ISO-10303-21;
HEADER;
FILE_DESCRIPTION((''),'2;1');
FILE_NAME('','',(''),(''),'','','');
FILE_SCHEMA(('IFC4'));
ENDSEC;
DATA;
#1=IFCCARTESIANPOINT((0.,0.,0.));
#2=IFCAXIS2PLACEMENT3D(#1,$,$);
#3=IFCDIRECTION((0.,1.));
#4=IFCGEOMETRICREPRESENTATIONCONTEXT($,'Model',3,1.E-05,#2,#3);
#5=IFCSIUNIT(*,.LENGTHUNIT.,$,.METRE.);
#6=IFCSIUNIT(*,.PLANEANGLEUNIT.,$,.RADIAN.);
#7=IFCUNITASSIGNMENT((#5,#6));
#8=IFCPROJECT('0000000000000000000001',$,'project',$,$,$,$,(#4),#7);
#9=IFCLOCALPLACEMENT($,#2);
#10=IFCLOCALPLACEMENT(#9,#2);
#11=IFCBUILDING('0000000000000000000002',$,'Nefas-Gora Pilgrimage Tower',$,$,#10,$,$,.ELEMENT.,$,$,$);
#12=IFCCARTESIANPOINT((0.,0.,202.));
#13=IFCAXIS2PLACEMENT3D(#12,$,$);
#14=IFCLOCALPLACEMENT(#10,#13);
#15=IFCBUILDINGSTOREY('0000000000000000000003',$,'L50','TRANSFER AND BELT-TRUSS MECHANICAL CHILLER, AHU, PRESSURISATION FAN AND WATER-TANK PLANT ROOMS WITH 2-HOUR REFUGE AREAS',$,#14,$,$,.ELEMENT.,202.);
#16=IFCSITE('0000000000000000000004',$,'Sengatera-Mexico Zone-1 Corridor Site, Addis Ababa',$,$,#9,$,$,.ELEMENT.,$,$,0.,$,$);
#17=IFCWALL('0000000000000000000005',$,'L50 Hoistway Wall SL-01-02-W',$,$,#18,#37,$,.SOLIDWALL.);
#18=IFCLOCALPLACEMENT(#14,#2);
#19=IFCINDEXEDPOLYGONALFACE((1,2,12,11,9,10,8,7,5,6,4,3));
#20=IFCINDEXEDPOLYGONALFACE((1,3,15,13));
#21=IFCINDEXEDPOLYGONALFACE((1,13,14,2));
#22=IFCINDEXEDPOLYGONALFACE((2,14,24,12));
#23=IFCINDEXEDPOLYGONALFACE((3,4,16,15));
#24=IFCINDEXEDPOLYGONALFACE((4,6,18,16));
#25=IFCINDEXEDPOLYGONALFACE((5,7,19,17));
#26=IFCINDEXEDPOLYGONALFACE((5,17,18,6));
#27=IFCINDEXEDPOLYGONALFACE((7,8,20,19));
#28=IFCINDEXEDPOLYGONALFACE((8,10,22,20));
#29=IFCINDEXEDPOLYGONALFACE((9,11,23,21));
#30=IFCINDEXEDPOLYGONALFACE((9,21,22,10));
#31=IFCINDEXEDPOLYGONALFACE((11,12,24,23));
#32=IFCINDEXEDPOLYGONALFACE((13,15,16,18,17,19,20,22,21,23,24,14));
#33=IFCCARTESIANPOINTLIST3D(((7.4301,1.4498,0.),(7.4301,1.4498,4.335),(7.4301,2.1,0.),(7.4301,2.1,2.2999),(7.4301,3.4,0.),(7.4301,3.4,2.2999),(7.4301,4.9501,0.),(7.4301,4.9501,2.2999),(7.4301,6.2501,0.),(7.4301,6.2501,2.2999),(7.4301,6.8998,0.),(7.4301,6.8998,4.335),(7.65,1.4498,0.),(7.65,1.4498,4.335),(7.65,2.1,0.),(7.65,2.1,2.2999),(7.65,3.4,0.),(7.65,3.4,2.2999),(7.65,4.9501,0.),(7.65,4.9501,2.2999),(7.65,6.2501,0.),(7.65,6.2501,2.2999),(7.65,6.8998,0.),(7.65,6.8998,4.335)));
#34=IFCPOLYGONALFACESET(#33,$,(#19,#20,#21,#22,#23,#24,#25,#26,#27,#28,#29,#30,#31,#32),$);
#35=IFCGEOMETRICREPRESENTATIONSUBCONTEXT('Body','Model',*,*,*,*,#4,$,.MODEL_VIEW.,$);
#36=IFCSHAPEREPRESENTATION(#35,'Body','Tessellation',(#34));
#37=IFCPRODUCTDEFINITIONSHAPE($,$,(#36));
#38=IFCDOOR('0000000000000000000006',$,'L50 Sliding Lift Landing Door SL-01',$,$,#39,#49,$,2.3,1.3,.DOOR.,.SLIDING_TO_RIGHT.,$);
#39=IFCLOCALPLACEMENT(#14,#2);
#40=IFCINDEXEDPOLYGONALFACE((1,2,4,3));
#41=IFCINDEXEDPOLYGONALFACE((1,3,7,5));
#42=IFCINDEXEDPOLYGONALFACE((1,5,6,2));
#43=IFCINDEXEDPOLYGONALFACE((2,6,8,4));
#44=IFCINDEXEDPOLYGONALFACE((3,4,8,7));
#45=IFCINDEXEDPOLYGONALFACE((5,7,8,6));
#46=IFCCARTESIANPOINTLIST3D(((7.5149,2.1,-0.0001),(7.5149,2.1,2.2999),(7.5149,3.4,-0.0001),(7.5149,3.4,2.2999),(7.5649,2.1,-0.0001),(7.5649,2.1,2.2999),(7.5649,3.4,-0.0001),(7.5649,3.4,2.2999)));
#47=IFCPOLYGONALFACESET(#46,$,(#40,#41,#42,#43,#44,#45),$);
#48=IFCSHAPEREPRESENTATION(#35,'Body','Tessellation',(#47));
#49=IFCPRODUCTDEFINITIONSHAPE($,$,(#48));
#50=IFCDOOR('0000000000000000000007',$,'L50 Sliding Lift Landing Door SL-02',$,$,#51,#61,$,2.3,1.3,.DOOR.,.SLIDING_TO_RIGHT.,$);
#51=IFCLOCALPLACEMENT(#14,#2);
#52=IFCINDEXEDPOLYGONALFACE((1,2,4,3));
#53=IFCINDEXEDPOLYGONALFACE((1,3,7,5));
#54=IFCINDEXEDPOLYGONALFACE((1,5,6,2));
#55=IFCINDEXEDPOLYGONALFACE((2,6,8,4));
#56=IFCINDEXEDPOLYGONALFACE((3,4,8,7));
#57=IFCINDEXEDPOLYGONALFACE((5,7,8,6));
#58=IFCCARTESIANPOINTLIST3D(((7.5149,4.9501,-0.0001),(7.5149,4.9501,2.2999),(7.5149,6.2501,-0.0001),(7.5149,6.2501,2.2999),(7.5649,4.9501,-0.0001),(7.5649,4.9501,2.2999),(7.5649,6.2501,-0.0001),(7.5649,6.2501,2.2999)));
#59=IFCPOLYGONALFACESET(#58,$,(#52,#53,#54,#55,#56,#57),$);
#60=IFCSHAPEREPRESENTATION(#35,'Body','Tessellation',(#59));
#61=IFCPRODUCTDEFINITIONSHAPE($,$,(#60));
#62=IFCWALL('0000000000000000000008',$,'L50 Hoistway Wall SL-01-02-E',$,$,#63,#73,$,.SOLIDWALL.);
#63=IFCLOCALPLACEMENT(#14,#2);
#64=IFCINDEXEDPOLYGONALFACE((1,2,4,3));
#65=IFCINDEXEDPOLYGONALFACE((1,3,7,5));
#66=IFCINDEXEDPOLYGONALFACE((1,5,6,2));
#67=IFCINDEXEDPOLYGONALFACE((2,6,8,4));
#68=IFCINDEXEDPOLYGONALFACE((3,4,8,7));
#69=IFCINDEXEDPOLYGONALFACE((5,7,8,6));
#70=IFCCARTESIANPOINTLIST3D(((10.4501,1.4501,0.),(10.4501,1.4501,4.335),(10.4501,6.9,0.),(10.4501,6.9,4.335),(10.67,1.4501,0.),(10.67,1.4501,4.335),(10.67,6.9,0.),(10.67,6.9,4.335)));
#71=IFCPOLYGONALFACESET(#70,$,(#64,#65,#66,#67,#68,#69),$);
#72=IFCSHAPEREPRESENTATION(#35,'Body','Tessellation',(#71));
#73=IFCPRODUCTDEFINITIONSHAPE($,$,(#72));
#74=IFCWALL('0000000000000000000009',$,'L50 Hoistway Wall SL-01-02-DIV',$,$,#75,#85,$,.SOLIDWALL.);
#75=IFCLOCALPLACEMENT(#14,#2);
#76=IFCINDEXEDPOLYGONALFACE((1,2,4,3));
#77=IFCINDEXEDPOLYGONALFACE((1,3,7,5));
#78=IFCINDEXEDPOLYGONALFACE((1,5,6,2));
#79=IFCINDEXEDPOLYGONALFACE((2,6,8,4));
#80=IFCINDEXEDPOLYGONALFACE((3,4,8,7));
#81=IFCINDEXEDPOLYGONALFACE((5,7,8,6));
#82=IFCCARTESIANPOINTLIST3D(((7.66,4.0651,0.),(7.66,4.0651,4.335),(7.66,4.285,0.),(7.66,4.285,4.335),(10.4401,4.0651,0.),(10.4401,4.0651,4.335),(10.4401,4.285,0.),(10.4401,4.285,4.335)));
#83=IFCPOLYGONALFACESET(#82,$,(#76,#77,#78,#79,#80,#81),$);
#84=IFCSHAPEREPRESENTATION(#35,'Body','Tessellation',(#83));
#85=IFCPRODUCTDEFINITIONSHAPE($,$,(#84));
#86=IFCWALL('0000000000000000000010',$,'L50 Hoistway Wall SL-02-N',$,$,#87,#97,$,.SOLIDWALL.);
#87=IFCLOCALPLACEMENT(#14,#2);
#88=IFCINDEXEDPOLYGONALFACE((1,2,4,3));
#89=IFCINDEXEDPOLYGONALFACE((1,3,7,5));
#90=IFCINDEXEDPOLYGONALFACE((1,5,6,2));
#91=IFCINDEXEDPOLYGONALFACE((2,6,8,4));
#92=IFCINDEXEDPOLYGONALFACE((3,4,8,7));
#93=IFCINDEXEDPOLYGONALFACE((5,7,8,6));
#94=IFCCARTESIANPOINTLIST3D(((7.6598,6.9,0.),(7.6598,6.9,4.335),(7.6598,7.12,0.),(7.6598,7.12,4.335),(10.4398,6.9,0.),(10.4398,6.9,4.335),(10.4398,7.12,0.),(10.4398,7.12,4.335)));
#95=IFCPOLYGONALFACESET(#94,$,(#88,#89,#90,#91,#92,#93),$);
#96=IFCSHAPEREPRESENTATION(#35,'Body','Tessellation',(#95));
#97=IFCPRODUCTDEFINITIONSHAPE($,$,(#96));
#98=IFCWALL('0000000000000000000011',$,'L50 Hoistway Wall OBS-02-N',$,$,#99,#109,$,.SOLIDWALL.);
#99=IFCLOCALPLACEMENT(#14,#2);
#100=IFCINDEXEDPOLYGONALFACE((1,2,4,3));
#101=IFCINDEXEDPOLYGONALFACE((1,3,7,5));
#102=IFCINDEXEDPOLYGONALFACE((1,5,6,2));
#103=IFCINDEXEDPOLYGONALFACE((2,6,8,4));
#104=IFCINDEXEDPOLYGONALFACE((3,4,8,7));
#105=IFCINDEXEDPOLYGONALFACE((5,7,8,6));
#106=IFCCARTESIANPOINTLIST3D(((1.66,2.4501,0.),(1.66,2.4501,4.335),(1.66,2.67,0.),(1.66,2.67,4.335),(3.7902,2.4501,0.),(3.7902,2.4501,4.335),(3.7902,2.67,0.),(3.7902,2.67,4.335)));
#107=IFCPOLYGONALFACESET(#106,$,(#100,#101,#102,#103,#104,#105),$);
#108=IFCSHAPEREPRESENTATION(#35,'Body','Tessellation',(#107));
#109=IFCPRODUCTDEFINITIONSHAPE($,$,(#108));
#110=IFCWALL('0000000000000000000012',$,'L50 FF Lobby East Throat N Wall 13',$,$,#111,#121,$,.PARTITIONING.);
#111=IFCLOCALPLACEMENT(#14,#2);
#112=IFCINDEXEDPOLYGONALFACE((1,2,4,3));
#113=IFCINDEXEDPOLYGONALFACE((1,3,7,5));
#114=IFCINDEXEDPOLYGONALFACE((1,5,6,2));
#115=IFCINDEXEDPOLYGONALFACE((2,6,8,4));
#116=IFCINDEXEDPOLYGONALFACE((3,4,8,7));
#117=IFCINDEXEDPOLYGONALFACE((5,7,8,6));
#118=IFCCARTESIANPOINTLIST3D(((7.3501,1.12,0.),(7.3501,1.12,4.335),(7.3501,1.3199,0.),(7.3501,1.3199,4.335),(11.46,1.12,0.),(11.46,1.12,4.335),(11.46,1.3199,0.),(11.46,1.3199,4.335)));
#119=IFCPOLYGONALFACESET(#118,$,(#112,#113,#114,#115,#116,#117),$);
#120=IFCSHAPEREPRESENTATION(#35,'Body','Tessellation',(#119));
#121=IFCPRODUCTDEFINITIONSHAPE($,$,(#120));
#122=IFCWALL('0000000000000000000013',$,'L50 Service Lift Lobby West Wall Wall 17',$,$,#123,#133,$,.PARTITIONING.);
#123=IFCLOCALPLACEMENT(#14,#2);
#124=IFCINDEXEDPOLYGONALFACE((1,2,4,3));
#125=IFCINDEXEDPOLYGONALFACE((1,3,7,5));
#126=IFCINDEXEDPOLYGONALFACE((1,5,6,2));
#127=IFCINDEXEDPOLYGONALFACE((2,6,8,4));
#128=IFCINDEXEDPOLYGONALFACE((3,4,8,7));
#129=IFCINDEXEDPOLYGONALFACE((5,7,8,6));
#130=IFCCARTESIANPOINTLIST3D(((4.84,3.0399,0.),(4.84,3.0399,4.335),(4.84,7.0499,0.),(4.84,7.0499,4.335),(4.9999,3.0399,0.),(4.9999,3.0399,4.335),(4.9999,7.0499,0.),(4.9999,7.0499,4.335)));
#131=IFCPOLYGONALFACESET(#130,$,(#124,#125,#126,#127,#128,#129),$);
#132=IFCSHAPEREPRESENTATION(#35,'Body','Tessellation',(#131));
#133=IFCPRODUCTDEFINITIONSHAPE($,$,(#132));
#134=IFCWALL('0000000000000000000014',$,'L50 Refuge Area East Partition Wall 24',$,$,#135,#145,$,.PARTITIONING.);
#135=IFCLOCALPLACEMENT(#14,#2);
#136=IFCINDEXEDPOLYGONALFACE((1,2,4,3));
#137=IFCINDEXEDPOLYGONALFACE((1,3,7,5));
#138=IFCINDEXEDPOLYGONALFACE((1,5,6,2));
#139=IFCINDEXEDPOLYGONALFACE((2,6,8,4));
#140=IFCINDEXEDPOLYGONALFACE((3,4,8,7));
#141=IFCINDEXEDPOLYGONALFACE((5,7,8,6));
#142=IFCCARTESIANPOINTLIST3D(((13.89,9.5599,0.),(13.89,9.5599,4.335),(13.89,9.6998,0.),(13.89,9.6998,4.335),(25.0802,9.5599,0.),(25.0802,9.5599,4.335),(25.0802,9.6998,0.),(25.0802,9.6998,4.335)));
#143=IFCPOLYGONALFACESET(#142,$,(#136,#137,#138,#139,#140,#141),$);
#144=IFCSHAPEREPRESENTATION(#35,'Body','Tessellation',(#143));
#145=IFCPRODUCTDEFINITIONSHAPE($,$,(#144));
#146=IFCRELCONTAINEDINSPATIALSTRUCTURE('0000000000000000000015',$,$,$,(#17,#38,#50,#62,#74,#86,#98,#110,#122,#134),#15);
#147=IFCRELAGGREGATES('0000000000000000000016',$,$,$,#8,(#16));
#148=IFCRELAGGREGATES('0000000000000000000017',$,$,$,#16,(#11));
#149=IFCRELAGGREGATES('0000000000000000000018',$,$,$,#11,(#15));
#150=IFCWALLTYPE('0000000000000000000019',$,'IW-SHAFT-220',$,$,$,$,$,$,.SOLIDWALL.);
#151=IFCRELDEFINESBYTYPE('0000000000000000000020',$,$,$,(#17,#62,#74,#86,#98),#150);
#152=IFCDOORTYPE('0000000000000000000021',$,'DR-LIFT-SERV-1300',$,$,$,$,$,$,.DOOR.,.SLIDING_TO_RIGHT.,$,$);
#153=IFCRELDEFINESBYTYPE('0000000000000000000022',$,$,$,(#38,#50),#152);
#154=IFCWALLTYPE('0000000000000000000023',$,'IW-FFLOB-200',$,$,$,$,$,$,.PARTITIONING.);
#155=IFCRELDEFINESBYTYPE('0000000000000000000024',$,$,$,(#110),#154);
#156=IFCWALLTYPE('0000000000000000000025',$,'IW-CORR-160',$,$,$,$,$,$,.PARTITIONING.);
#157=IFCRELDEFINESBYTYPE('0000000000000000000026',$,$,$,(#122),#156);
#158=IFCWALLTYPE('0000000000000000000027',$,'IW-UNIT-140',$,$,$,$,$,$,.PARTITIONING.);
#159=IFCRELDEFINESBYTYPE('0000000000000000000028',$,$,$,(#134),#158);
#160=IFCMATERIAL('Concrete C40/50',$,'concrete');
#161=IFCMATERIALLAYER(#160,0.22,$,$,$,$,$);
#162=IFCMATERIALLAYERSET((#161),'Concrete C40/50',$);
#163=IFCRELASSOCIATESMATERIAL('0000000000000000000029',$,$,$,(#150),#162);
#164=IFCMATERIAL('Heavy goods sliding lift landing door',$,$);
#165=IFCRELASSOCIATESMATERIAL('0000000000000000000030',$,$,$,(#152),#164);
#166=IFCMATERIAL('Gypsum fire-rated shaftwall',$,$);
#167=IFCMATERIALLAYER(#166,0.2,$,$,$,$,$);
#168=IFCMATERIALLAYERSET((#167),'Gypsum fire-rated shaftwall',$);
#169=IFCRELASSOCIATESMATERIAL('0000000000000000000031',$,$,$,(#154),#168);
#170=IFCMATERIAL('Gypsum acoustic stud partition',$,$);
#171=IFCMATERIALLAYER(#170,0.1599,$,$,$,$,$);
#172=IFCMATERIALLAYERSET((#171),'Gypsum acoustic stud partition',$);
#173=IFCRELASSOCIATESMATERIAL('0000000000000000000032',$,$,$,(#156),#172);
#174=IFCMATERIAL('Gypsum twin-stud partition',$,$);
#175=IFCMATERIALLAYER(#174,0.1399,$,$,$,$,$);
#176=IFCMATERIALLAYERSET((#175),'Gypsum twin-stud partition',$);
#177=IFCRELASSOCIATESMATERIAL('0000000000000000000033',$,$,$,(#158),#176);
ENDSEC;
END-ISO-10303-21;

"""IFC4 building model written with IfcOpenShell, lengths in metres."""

from ifc_helpers import new_model, si_unit, direction, frame, frame_2d, origin, place, context, subcontext, project, spatial, rectangle, extrude, source, transform, mapped, material, layer, layer_set, type_object, element, fill, save


model = new_model("IFC4")

# Units and contexts
model_context = context("Model", 3, precision=1e-05, world=origin(), true_north=direction((0.0, 1.0)))
body_context = subcontext(model_context, "Body", "Model", "MODEL_VIEW")
ifc_project = project(units=[si_unit("LENGTHUNIT", "METRE"), si_unit("PLANEANGLEUNIT", "RADIAN")], contexts=[model_context])

# Site, building, storey
site_placement = place(None, origin())
site = spatial("IfcSite", under=ifc_project, at=site_placement, Name="Sengatera-Mexico Zone-1 Corridor Site, Addis Ababa", CompositionType="ELEMENT", RefElevation=0.0)
building_placement = place(site_placement, origin())
building = spatial("IfcBuilding", under=site, at=building_placement, Name="Nefas-Gora Pilgrimage Tower", CompositionType="ELEMENT")
storey_placement = place(building_placement, frame((0.0, 0.0, 202.0)))
storey = spatial("IfcBuildingStorey", under=building, at=storey_placement, Name="L50", Description="TRANSFER AND BELT-TRUSS MECHANICAL CHILLER, AHU, PRESSURISATION FAN AND WATER-TANK PLANT ROOMS WITH 2-HOUR REFUGE AREAS", CompositionType="ELEMENT", Elevation=202.0)

# Wall, openings, doors
ifc_material_1 = material(Name="Concrete C40/50", Category="concrete")
ifc_layer_1 = layer(ifc_material_1, 0.22)
ifc_layer_set_1 = layer_set([ifc_layer_1], Name="Concrete C40/50")
wall_type_1 = type_object("IfcWallType", Name="IW-SHAFT-220", PredefinedType="SOLIDWALL", material=ifc_layer_set_1)
shared_shape_1 = source(origin(), body_context, "Body", "SweptSolid", [
    extrude(rectangle(XDim=5.45, YDim=0.22, at=frame_2d((2.7251, 0.0))), origin(), (0.0, 0.0, 1.0), 4.335),
])
wall_1_placement = place(storey_placement, frame((7.54, 6.8999, 0.0), z_axis=(0.0, 0.0, 1.0), x_axis=(0.0, -1.0, 0.0)))
wall_1 = element("IfcWall", 1, at=wall_1_placement, inside=storey, type_object=wall_type_1, Name="L50 Hoistway Wall SL-01-02-W", PredefinedType="SOLIDWALL", context=body_context, shape_type="MappedRepresentation", body=[
    mapped(shared_shape_1, transform((0.0, 0.0, 0.0), x_axis=(1.0, 0.0, 0.0), y_axis=(0.0, 1.0, 0.0), z_axis=(0.0, 0.0, 1.0), scale=1.0)),
])
opening_1_placement = place(wall_1_placement, frame((3.5, 0.0, 0.0)))
opening_1 = element("IfcOpeningElement", 2, at=opening_1_placement, cuts=wall_1, PredefinedType="OPENING", context=body_context, shape_type="SweptSolid", body=[
    extrude(rectangle(XDim=1.3, YDim=2.3, at=frame_2d((0.6499, 1.1499))), frame((0.0, 0.1199, 0.0), z_axis=(0.0, -1.0, 0.0), x_axis=(1.0, 0.0, 0.0)), (0.0, 0.0, 1.0), 0.24),
])
opening_2_placement = place(wall_1_placement, frame((0.6499, 0.0, 0.0)))
opening_2 = element("IfcOpeningElement", 3, at=opening_2_placement, cuts=wall_1, PredefinedType="OPENING", context=body_context, shape_type="SweptSolid", body=[
    extrude(rectangle(XDim=1.3, YDim=2.3, at=frame_2d((0.6499, 1.1499))), frame((0.0, 0.1199, 0.0), z_axis=(0.0, -1.0, 0.0), x_axis=(1.0, 0.0, 0.0)), (0.0, 0.0, 1.0), 0.24),
])
ifc_material_2 = material(Name="Heavy goods sliding lift landing door")
door_type_1 = type_object("IfcDoorType", Name="DR-LIFT-SERV-1300", OperationType="SLIDING_TO_RIGHT", PredefinedType="DOOR", material=ifc_material_2)
shared_shape_2 = source(origin(), body_context, "Body", "SweptSolid", [
    extrude(rectangle(XDim=1.3, YDim=2.3, at=frame_2d((0.6499, 1.1499))), frame((0.0, 0.0249, 0.0), z_axis=(0.0, -1.0, 0.0), x_axis=(1.0, 0.0, 0.0)), (0.0, 0.0, 1.0), 0.05),
])
door_1_placement = place(opening_1_placement, origin())
door_1 = element("IfcDoor", 4, at=door_1_placement, inside=storey, type_object=door_type_1, Name="L50 Sliding Lift Landing Door SL-01", OperationType="SLIDING_TO_RIGHT", OverallHeight=2.3, OverallWidth=1.3, PredefinedType="DOOR", context=body_context, shape_type="MappedRepresentation", body=[
    mapped(shared_shape_2, transform((0.0, 0.0, 0.0), x_axis=(1.0, 0.0, 0.0), y_axis=(0.0, 1.0, 0.0), z_axis=(0.0, 0.0, 1.0), scale=1.0)),
])
fill(opening_1, door_1)
door_2_placement = place(opening_2_placement, origin())
door_2 = element("IfcDoor", 5, at=door_2_placement, inside=storey, type_object=door_type_1, Name="L50 Sliding Lift Landing Door SL-02", OperationType="SLIDING_TO_RIGHT", OverallHeight=2.3, OverallWidth=1.3, PredefinedType="DOOR", context=body_context, shape_type="MappedRepresentation", body=[
    mapped(shared_shape_2, transform((0.0, 0.0, 0.0), x_axis=(1.0, 0.0, 0.0), y_axis=(0.0, 1.0, 0.0), z_axis=(0.0, 0.0, 1.0), scale=1.0)),
])
fill(opening_2, door_2)

# Walls
wall_2_placement = place(storey_placement, frame((10.5601, 1.45, 0.0), z_axis=(0.0, 0.0, 1.0), x_axis=(0.0, 1.0, 0.0)))
element("IfcWall", 6, at=wall_2_placement, inside=storey, type_object=wall_type_1, Name="L50 Hoistway Wall SL-01-02-E", PredefinedType="SOLIDWALL", context=body_context, shape_type="MappedRepresentation", body=[
    mapped(shared_shape_1, transform((0.0, 0.0, 0.0), x_axis=(1.0, 0.0, 0.0), y_axis=(0.0, 1.0, 0.0), z_axis=(0.0, 0.0, 1.0), scale=1.0)),
])
shared_shape_3 = source(origin(), body_context, "Body", "SweptSolid", [
    extrude(rectangle(XDim=2.78, YDim=0.22, at=frame_2d((1.3901, 0.0))), origin(), (0.0, 0.0, 1.0), 4.335),
])
for number, where, z_axis, x_axis, name in (
    (7, (7.6599, 4.175, 0.0), (0.0, 0.0, 1.0), (1.0, 0.0, 0.0), "L50 Hoistway Wall SL-01-02-DIV"),
    (8, (10.4399, 7.01, 0.0), (0.0, 0.0, 1.0), (-1.0, 0.0, 0.0), "L50 Hoistway Wall SL-02-N"),
):
    element("IfcWall", number, at=place(storey_placement, frame(where, z_axis=z_axis, x_axis=x_axis)), inside=storey, type_object=wall_type_1, Name=name, PredefinedType="SOLIDWALL", context=body_context, shape_type="MappedRepresentation", body=[
        mapped(shared_shape_3, transform((0.0, 0.0, 0.0), x_axis=(1.0, 0.0, 0.0), y_axis=(0.0, 1.0, 0.0), z_axis=(0.0, 0.0, 1.0), scale=1.0)),
    ])
shared_shape_4 = source(origin(), body_context, "Body", "SweptSolid", [
    extrude(rectangle(XDim=2.1301, YDim=0.22, at=frame_2d((1.0649, 0.0))), origin(), (0.0, 0.0, 1.0), 4.335),
])
wall_3_placement = place(storey_placement, frame((3.79, 2.5601, 0.0), z_axis=(0.0, 0.0, 1.0), x_axis=(-1.0, 0.0, 0.0)))
element("IfcWall", 9, at=wall_3_placement, inside=storey, type_object=wall_type_1, Name="L50 Hoistway Wall OBS-02-N", PredefinedType="SOLIDWALL", context=body_context, shape_type="MappedRepresentation", body=[
    mapped(shared_shape_4, transform((0.0, 0.0, 0.0), x_axis=(1.0, 0.0, 0.0), y_axis=(0.0, 1.0, 0.0), z_axis=(0.0, 0.0, 1.0), scale=1.0)),
])

# Shared definitions
ifc_material_3 = material(Name="Gypsum fire-rated shaftwall")
ifc_layer_2 = layer(ifc_material_3, 0.2)
ifc_layer_set_2 = layer_set([ifc_layer_2], Name="Gypsum fire-rated shaftwall")
wall_type_2 = type_object("IfcWallType", Name="IW-FFLOB-200", PredefinedType="PARTITIONING", material=ifc_layer_set_2)

# Wall
shared_shape_5 = source(origin(), body_context, "Body", "SweptSolid", [
    extrude(rectangle(XDim=4.1099, YDim=0.2, at=frame_2d((2.0549, 0.0))), origin(), (0.0, 0.0, 1.0), 4.335),
])
wall_4_placement = place(storey_placement, frame((7.3501, 1.22, 0.0), z_axis=(0.0, 0.0, 1.0), x_axis=(1.0, 0.0, 0.0)))
element("IfcWall", 10, at=wall_4_placement, inside=storey, type_object=wall_type_2, Name="L50 FF Lobby East Throat N Wall 13", PredefinedType="PARTITIONING", context=body_context, shape_type="MappedRepresentation", body=[
    mapped(shared_shape_5, transform((0.0, 0.0, 0.0), x_axis=(1.0, 0.0, 0.0), y_axis=(0.0, 1.0, 0.0), z_axis=(0.0, 0.0, 1.0), scale=1.0)),
])

# Walls
ifc_material_4 = material(Name="Gypsum acoustic stud partition")
ifc_layer_3 = layer(ifc_material_4, 0.1599)
ifc_layer_set_3 = layer_set([ifc_layer_3], Name="Gypsum acoustic stud partition")
wall_type_3 = type_object("IfcWallType", Name="IW-CORR-160", PredefinedType="PARTITIONING", material=ifc_layer_set_3)
shared_shape_6 = source(origin(), body_context, "Body", "SweptSolid", [
    extrude(rectangle(XDim=4.01, YDim=0.1599, at=frame_2d((2.0049, 0.0))), origin(), (0.0, 0.0, 1.0), 4.335),
])
wall_5_placement = place(storey_placement, frame((4.9199, 3.04, 0.0), z_axis=(0.0, 0.0, 1.0), x_axis=(0.0, 1.0, 0.0)))
element("IfcWall", 11, at=wall_5_placement, inside=storey, type_object=wall_type_3, Name="L50 Service Lift Lobby West Wall Wall 17", PredefinedType="PARTITIONING", context=body_context, shape_type="MappedRepresentation", body=[
    mapped(shared_shape_6, transform((0.0, 0.0, 0.0), x_axis=(1.0, 0.0, 0.0), y_axis=(0.0, 1.0, 0.0), z_axis=(0.0, 0.0, 1.0), scale=1.0)),
])
ifc_material_5 = material(Name="Gypsum twin-stud partition")
ifc_layer_4 = layer(ifc_material_5, 0.1399)
ifc_layer_set_4 = layer_set([ifc_layer_4], Name="Gypsum twin-stud partition")
wall_type_4 = type_object("IfcWallType", Name="IW-UNIT-140", PredefinedType="PARTITIONING", material=ifc_layer_set_4)
shared_shape_7 = source(origin(), body_context, "Body", "SweptSolid", [
    extrude(rectangle(XDim=11.1902, YDim=0.1399, at=frame_2d((5.5952, 0.0))), origin(), (0.0, 0.0, 1.0), 4.335),
])
wall_6_placement = place(storey_placement, frame((13.8899, 9.6299, 0.0), z_axis=(0.0, 0.0, 1.0), x_axis=(1.0, 0.0, 0.0)))
element("IfcWall", 12, at=wall_6_placement, inside=storey, type_object=wall_type_4, Name="L50 Refuge Area East Partition Wall 24", PredefinedType="PARTITIONING", context=body_context, shape_type="MappedRepresentation", body=[
    mapped(shared_shape_7, transform((0.0, 0.0, 0.0), x_axis=(1.0, 0.0, 0.0), y_axis=(0.0, 1.0, 0.0), z_axis=(0.0, 0.0, 1.0), scale=1.0)),
])

save(model, "model.ifc")
